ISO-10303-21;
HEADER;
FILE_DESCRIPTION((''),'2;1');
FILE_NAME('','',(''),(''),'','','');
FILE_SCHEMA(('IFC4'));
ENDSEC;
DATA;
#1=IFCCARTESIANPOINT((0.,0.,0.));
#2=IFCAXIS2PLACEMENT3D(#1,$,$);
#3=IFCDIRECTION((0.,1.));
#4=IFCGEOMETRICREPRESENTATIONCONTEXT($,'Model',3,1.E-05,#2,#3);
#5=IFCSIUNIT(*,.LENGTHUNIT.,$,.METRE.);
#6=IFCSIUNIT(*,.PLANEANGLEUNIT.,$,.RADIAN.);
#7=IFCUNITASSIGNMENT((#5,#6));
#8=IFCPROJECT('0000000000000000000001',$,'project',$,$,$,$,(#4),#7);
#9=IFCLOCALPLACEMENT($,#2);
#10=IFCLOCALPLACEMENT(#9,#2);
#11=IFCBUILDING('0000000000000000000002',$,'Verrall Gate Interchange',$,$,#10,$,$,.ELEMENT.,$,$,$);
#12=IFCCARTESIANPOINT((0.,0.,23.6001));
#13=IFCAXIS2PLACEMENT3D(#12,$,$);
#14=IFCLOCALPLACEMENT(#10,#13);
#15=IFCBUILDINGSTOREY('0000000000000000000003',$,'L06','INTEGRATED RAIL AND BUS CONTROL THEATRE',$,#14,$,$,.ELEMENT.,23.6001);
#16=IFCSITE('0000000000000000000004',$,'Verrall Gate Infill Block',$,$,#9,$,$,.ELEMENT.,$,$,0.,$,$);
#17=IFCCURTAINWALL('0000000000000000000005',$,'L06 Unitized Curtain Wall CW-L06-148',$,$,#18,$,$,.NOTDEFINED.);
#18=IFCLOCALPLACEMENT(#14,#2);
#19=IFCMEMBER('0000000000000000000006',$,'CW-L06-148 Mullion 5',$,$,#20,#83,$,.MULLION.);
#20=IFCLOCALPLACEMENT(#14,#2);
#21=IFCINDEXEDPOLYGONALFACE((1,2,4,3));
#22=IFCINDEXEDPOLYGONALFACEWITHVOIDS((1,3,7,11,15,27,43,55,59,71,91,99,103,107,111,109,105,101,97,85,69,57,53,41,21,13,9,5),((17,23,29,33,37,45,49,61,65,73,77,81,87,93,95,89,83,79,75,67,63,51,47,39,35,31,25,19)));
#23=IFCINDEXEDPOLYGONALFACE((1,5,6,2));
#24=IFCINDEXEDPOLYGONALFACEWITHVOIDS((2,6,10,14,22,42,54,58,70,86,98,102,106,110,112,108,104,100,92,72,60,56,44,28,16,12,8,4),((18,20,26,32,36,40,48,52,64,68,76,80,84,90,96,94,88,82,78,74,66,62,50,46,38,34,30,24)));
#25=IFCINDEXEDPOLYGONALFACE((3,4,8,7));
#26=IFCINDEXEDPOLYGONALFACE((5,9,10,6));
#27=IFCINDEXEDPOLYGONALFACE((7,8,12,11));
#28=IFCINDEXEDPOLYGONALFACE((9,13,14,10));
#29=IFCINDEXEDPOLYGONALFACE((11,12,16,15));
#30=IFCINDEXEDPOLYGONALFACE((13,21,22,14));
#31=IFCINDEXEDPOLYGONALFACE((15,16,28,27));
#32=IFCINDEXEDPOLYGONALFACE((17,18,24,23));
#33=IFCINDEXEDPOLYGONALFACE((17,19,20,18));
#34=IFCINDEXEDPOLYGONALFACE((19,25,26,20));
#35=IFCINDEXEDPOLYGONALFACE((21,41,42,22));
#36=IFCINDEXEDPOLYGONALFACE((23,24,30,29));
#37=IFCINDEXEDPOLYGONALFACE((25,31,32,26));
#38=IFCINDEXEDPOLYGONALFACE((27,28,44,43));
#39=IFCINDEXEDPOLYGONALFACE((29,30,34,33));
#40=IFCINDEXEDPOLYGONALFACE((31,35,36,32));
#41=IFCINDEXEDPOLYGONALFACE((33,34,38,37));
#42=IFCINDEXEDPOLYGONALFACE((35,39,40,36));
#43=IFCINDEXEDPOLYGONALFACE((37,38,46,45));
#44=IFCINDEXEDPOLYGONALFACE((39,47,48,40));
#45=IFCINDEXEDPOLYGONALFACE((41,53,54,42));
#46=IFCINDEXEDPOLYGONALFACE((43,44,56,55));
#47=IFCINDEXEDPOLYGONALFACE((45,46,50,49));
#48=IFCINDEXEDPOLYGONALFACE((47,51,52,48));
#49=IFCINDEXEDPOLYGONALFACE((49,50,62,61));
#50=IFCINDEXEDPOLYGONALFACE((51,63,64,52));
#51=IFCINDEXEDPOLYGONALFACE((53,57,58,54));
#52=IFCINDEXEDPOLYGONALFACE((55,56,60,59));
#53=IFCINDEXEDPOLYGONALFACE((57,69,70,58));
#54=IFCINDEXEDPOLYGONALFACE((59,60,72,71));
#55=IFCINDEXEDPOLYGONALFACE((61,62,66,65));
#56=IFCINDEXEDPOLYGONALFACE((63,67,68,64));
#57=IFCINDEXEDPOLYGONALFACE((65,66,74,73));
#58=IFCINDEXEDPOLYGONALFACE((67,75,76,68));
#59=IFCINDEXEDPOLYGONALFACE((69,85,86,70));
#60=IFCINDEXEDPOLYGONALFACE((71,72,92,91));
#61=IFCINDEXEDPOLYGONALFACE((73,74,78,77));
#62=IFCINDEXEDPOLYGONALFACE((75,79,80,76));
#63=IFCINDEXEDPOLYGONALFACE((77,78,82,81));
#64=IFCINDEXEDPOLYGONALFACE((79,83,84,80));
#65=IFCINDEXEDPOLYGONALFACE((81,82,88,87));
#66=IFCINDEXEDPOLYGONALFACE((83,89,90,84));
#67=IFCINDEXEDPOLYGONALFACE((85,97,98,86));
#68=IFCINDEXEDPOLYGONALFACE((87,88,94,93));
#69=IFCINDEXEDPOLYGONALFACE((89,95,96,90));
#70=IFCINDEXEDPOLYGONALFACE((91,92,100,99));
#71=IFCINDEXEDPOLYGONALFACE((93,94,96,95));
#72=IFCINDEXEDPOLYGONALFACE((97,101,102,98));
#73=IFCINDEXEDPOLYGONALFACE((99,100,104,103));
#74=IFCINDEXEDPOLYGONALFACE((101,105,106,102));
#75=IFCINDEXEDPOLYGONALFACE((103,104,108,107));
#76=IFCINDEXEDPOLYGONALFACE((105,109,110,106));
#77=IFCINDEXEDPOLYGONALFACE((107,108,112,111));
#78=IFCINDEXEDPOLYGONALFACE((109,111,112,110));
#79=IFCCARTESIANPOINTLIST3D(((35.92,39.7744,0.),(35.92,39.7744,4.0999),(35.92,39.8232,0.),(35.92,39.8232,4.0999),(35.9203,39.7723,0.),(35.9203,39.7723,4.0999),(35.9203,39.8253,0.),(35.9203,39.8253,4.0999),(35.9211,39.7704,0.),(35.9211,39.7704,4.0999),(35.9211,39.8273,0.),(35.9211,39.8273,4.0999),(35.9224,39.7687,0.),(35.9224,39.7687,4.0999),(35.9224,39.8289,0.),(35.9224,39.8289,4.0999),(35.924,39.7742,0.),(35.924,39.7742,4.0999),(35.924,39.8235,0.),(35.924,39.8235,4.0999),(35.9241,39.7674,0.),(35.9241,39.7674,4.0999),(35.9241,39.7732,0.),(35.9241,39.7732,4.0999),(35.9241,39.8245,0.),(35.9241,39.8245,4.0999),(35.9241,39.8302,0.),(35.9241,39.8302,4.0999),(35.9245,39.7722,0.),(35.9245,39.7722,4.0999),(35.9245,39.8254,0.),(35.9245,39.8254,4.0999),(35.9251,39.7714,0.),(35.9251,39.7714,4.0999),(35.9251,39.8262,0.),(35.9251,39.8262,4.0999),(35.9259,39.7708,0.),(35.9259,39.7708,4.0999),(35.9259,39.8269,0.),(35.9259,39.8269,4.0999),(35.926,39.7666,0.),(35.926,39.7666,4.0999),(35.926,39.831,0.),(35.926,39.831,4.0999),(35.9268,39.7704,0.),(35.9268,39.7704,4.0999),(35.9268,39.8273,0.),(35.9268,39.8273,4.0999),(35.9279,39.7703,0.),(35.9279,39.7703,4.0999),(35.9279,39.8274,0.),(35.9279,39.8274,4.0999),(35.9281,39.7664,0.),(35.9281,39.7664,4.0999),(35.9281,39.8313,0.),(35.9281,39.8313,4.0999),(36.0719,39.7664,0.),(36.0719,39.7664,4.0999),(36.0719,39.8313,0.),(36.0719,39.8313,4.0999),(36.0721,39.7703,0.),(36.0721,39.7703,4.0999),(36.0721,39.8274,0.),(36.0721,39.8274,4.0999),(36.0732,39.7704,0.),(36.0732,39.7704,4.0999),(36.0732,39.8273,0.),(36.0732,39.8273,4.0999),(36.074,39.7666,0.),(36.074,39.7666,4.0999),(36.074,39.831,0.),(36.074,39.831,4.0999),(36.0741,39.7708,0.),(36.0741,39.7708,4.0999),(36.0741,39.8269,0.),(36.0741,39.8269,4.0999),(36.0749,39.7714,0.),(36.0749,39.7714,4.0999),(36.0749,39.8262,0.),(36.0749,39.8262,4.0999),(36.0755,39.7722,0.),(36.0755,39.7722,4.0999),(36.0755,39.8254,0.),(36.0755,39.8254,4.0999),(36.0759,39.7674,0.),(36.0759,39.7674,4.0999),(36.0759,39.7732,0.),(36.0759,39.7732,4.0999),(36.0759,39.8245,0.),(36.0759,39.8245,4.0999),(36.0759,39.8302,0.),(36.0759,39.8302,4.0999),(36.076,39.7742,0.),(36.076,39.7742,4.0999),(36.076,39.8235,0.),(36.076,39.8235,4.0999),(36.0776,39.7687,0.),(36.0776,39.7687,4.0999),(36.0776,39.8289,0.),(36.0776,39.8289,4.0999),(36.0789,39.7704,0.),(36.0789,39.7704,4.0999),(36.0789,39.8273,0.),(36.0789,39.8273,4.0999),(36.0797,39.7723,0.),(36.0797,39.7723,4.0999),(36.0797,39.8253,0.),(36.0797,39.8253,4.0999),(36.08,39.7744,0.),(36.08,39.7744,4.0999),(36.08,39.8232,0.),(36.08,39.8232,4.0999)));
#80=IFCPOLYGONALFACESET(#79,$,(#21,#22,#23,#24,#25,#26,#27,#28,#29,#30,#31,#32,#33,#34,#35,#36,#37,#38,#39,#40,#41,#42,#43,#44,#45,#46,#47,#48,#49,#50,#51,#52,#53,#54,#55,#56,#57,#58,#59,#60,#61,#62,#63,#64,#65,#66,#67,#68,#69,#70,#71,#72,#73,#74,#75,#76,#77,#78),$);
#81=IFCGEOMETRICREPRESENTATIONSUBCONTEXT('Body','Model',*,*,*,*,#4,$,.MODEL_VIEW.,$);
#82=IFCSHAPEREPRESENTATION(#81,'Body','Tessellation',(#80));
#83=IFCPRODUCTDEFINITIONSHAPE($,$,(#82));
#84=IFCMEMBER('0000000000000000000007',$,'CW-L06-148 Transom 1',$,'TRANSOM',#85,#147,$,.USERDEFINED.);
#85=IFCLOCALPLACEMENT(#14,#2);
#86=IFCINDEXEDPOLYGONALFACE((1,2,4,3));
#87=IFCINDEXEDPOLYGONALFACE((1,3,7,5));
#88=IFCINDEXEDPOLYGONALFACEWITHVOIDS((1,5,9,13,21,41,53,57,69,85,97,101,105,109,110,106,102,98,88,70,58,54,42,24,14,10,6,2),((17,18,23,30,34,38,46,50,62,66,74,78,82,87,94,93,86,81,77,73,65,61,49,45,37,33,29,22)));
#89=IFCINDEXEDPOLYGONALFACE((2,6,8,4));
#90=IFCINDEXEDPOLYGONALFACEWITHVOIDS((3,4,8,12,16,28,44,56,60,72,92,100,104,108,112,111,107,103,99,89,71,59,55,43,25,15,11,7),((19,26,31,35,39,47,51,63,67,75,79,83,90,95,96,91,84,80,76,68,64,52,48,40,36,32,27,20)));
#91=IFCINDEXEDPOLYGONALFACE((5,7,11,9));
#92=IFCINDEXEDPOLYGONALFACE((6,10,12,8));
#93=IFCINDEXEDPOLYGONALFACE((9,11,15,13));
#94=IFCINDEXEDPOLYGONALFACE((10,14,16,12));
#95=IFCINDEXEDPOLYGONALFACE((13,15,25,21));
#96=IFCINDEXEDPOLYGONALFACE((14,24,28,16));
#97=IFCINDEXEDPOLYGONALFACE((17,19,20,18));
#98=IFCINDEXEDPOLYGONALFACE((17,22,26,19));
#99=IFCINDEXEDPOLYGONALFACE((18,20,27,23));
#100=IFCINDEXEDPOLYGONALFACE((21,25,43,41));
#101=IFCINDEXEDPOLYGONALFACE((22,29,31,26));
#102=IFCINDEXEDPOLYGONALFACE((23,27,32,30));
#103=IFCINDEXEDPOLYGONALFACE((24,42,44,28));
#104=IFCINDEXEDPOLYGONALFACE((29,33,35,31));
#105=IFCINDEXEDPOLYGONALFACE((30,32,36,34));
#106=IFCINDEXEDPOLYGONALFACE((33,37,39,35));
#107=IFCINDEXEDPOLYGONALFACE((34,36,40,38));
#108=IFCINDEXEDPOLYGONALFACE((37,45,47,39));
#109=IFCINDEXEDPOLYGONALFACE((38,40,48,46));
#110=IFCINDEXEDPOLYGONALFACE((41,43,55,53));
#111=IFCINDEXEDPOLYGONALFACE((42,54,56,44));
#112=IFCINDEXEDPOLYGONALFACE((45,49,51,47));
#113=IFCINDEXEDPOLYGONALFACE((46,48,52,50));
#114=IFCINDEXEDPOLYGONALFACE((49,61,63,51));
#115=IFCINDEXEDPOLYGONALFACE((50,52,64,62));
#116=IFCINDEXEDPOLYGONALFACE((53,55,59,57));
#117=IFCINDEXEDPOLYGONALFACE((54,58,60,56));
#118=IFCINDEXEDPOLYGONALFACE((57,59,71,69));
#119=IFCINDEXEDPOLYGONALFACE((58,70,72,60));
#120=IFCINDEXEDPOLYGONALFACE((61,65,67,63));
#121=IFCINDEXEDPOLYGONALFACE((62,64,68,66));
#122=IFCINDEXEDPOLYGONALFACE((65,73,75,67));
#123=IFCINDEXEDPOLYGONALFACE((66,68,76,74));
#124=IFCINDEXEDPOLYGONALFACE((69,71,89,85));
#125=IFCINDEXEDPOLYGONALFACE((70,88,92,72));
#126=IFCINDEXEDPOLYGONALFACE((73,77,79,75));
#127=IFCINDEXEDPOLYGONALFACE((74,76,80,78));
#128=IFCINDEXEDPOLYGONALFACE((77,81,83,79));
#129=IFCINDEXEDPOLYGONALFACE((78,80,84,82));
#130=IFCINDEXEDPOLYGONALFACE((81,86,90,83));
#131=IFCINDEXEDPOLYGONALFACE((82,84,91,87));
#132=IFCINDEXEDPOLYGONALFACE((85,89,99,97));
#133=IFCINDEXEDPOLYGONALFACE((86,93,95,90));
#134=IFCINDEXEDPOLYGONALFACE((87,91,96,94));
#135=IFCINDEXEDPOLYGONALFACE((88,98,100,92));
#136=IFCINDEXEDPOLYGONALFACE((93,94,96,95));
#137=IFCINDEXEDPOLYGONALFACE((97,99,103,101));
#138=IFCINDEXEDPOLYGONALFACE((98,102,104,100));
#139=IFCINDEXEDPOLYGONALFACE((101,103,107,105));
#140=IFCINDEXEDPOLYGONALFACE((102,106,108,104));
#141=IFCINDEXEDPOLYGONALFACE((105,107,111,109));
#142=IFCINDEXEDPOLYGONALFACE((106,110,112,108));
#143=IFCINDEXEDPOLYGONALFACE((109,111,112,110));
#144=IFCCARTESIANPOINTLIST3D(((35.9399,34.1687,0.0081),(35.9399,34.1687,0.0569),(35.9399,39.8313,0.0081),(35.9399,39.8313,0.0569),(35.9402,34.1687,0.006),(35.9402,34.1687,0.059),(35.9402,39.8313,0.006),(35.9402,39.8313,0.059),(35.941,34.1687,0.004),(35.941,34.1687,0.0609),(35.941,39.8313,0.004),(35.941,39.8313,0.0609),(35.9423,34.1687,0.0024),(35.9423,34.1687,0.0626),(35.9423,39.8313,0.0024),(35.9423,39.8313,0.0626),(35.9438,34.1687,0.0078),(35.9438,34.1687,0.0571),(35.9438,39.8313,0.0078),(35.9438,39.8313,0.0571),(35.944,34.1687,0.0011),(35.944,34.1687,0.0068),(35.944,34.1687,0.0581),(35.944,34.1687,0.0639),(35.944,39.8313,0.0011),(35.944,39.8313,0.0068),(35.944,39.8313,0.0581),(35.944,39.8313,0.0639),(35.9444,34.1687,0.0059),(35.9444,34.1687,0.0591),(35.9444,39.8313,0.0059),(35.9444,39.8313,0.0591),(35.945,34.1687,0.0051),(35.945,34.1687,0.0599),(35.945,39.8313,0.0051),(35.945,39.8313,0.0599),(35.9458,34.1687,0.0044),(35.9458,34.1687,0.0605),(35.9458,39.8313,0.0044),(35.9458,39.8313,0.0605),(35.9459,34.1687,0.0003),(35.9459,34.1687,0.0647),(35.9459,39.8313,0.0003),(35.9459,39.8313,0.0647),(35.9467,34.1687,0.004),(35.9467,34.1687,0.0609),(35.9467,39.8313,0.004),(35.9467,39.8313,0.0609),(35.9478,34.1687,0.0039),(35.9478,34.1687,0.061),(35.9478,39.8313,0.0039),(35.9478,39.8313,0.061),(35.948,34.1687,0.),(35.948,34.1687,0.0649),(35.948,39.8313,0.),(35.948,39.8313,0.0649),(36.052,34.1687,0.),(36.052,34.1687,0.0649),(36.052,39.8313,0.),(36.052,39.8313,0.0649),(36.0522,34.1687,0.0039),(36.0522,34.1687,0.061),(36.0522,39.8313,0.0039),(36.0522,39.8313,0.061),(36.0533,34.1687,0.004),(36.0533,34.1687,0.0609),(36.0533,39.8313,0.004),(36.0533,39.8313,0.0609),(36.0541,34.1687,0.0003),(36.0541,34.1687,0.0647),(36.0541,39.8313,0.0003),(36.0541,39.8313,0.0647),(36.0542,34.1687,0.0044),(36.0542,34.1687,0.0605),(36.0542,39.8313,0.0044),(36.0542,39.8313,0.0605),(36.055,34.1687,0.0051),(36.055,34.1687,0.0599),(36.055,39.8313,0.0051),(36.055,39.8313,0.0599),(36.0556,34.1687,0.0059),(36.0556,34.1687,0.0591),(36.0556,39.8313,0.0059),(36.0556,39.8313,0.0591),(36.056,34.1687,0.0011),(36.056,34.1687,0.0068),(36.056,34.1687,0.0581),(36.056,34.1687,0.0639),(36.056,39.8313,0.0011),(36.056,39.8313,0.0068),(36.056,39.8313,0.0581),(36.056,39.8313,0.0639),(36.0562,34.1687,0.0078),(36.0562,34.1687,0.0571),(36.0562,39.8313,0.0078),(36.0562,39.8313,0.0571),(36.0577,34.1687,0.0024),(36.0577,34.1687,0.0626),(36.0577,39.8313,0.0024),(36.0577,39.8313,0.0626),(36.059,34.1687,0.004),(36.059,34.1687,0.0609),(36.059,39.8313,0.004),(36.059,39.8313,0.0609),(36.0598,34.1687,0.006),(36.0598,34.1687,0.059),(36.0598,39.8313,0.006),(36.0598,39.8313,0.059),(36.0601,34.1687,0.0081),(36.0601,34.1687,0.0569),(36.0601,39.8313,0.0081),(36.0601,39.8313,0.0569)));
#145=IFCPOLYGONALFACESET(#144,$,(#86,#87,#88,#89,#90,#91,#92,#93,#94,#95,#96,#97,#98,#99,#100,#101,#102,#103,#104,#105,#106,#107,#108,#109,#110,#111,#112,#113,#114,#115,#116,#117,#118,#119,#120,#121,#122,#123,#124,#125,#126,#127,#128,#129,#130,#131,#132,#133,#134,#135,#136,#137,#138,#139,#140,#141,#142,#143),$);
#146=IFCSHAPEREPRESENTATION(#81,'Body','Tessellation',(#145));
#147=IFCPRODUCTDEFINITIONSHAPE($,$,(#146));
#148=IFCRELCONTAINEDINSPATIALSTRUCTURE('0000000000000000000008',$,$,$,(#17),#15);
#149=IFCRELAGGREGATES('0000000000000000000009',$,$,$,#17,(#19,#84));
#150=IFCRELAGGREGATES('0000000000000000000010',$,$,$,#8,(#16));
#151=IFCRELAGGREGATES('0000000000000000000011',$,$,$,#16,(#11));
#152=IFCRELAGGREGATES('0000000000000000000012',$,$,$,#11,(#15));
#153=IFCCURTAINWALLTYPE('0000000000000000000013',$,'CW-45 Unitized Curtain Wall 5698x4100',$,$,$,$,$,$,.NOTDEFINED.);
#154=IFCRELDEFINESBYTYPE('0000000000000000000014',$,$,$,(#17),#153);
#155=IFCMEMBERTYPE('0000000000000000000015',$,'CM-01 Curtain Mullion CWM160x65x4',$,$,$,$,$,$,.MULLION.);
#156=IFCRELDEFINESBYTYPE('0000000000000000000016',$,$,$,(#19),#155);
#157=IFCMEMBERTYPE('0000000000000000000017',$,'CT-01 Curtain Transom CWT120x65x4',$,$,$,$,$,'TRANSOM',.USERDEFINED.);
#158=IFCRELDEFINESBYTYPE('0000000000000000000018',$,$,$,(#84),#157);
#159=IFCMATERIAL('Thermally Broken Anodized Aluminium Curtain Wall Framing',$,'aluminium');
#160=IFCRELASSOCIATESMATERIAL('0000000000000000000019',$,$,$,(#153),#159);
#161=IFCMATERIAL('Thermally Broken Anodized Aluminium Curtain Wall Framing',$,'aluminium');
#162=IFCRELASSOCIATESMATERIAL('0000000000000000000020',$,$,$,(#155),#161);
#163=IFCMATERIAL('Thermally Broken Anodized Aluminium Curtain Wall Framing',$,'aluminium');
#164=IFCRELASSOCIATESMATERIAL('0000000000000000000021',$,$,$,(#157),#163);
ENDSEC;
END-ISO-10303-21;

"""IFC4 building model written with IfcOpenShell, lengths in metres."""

from ifc_helpers import new_model, si_unit, direction, frame, origin, origin_2d, place, context, subcontext, project, spatial, hollow_rectangle, extrude, material, material_profile, profile_set, type_object, element, aggregate, save


model = new_model("IFC4")

# Units and contexts
model_context = context("Model", 3, precision=1e-05, world=origin(), true_north=direction((0.0, 1.0)))
body_context = subcontext(model_context, "Body", "Model", "MODEL_VIEW")
ifc_project = project(units=[si_unit("LENGTHUNIT", "METRE"), si_unit("PLANEANGLEUNIT", "RADIAN")], contexts=[model_context])

# Site, building, storey
site_placement = place(None, origin())
site = spatial("IfcSite", under=ifc_project, at=site_placement, Name="Verrall Gate Infill Block", CompositionType="ELEMENT", RefElevation=0.0)
building_placement = place(site_placement, origin())
building = spatial("IfcBuilding", under=site, at=building_placement, Name="Verrall Gate Interchange", CompositionType="ELEMENT")
storey_placement = place(building_placement, frame((0.0, 0.0, 23.6001)))
storey = spatial("IfcBuildingStorey", under=building, at=storey_placement, Name="L06", Description="INTEGRATED RAIL AND BUS CONTROL THEATRE", CompositionType="ELEMENT", Elevation=23.6001)

# Curtain wall, members
ifc_material_1 = material(Name="Thermally Broken Anodized Aluminium Curtain Wall Framing", Category="aluminium")
curtain_wall_type_1 = type_object("IfcCurtainWallType", Name="CW-45 Unitized Curtain Wall 5698x4100", PredefinedType="NOTDEFINED", material=ifc_material_1)
curtain_wall_1_placement = place(storey_placement, origin())
curtain_wall_1 = element("IfcCurtainWall", 1, at=curtain_wall_1_placement, inside=storey, type_object=curtain_wall_type_1, Name="L06 Unitized Curtain Wall CW-L06-148", PredefinedType="NOTDEFINED")
ifc_material_2 = material(Name="Thermally Broken Anodized Aluminium Curtain Wall Framing", Category="aluminium")
ifc_material_profile_1 = material_profile(ifc_material_2, hollow_rectangle(XDim=0.0649, YDim=0.1599, WallThickness=0.0039, InnerFilletRadius=0.0039, OuterFilletRadius=0.0081, at=origin_2d()), Name="CWM160x65x4")
ifc_profile_set_1 = profile_set([ifc_material_profile_1], Name="Thermally Broken Anodized Aluminium Curtain Wall Framing")
member_type_1 = type_object("IfcMemberType", Name="CM-01 Curtain Mullion CWM160x65x4", PredefinedType="MULLION", material=ifc_profile_set_1)
member_1_placement = place(storey_placement, frame((36.0, 39.7988, 0.0), z_axis=(0.0, 0.0, 1.0), x_axis=(0.0, 1.0, 0.0)))
member_1 = element("IfcMember", 2, at=member_1_placement, type_object=member_type_1, Name="CW-L06-148 Mullion 5", PredefinedType="MULLION", context=body_context, shape_type="SweptSolid", body=[
    extrude(hollow_rectangle(XDim=0.0649, YDim=0.1599, WallThickness=0.0039, InnerFilletRadius=0.0039, OuterFilletRadius=0.0081, at=origin_2d()), origin(), (0.0, 0.0, 1.0), 4.0999),
])
ifc_material_3 = material(Name="Thermally Broken Anodized Aluminium Curtain Wall Framing", Category="aluminium")
ifc_material_profile_2 = material_profile(ifc_material_3, hollow_rectangle(XDim=0.1201, YDim=0.0649, WallThickness=0.0039, InnerFilletRadius=0.0039, OuterFilletRadius=0.0081, at=origin_2d()), Name="CWT120x65x4")
ifc_profile_set_2 = profile_set([ifc_material_profile_2], Name="Thermally Broken Anodized Aluminium Curtain Wall Framing")
member_type_2 = type_object("IfcMemberType", Name="CT-01 Curtain Transom CWT120x65x4", ElementType="TRANSOM", PredefinedType="USERDEFINED", material=ifc_profile_set_2)
member_2_placement = place(storey_placement, frame((36.0, 34.1687, 0.0325), z_axis=(0.0, 1.0, 0.0), x_axis=(-1.0, 0.0, 0.0)))
member_2 = element("IfcMember", 3, at=member_2_placement, type_object=member_type_2, Name="CW-L06-148 Transom 1", ObjectType="TRANSOM", PredefinedType="USERDEFINED", context=body_context, shape_type="SweptSolid", body=[
    extrude(hollow_rectangle(XDim=0.1201, YDim=0.0649, WallThickness=0.0039, InnerFilletRadius=0.0039, OuterFilletRadius=0.0081, at=origin_2d()), origin(), (0.0, 0.0, 1.0), 5.6626),
])

aggregate(curtain_wall_1, [member_1, member_2])

save(model, "model.ifc")
